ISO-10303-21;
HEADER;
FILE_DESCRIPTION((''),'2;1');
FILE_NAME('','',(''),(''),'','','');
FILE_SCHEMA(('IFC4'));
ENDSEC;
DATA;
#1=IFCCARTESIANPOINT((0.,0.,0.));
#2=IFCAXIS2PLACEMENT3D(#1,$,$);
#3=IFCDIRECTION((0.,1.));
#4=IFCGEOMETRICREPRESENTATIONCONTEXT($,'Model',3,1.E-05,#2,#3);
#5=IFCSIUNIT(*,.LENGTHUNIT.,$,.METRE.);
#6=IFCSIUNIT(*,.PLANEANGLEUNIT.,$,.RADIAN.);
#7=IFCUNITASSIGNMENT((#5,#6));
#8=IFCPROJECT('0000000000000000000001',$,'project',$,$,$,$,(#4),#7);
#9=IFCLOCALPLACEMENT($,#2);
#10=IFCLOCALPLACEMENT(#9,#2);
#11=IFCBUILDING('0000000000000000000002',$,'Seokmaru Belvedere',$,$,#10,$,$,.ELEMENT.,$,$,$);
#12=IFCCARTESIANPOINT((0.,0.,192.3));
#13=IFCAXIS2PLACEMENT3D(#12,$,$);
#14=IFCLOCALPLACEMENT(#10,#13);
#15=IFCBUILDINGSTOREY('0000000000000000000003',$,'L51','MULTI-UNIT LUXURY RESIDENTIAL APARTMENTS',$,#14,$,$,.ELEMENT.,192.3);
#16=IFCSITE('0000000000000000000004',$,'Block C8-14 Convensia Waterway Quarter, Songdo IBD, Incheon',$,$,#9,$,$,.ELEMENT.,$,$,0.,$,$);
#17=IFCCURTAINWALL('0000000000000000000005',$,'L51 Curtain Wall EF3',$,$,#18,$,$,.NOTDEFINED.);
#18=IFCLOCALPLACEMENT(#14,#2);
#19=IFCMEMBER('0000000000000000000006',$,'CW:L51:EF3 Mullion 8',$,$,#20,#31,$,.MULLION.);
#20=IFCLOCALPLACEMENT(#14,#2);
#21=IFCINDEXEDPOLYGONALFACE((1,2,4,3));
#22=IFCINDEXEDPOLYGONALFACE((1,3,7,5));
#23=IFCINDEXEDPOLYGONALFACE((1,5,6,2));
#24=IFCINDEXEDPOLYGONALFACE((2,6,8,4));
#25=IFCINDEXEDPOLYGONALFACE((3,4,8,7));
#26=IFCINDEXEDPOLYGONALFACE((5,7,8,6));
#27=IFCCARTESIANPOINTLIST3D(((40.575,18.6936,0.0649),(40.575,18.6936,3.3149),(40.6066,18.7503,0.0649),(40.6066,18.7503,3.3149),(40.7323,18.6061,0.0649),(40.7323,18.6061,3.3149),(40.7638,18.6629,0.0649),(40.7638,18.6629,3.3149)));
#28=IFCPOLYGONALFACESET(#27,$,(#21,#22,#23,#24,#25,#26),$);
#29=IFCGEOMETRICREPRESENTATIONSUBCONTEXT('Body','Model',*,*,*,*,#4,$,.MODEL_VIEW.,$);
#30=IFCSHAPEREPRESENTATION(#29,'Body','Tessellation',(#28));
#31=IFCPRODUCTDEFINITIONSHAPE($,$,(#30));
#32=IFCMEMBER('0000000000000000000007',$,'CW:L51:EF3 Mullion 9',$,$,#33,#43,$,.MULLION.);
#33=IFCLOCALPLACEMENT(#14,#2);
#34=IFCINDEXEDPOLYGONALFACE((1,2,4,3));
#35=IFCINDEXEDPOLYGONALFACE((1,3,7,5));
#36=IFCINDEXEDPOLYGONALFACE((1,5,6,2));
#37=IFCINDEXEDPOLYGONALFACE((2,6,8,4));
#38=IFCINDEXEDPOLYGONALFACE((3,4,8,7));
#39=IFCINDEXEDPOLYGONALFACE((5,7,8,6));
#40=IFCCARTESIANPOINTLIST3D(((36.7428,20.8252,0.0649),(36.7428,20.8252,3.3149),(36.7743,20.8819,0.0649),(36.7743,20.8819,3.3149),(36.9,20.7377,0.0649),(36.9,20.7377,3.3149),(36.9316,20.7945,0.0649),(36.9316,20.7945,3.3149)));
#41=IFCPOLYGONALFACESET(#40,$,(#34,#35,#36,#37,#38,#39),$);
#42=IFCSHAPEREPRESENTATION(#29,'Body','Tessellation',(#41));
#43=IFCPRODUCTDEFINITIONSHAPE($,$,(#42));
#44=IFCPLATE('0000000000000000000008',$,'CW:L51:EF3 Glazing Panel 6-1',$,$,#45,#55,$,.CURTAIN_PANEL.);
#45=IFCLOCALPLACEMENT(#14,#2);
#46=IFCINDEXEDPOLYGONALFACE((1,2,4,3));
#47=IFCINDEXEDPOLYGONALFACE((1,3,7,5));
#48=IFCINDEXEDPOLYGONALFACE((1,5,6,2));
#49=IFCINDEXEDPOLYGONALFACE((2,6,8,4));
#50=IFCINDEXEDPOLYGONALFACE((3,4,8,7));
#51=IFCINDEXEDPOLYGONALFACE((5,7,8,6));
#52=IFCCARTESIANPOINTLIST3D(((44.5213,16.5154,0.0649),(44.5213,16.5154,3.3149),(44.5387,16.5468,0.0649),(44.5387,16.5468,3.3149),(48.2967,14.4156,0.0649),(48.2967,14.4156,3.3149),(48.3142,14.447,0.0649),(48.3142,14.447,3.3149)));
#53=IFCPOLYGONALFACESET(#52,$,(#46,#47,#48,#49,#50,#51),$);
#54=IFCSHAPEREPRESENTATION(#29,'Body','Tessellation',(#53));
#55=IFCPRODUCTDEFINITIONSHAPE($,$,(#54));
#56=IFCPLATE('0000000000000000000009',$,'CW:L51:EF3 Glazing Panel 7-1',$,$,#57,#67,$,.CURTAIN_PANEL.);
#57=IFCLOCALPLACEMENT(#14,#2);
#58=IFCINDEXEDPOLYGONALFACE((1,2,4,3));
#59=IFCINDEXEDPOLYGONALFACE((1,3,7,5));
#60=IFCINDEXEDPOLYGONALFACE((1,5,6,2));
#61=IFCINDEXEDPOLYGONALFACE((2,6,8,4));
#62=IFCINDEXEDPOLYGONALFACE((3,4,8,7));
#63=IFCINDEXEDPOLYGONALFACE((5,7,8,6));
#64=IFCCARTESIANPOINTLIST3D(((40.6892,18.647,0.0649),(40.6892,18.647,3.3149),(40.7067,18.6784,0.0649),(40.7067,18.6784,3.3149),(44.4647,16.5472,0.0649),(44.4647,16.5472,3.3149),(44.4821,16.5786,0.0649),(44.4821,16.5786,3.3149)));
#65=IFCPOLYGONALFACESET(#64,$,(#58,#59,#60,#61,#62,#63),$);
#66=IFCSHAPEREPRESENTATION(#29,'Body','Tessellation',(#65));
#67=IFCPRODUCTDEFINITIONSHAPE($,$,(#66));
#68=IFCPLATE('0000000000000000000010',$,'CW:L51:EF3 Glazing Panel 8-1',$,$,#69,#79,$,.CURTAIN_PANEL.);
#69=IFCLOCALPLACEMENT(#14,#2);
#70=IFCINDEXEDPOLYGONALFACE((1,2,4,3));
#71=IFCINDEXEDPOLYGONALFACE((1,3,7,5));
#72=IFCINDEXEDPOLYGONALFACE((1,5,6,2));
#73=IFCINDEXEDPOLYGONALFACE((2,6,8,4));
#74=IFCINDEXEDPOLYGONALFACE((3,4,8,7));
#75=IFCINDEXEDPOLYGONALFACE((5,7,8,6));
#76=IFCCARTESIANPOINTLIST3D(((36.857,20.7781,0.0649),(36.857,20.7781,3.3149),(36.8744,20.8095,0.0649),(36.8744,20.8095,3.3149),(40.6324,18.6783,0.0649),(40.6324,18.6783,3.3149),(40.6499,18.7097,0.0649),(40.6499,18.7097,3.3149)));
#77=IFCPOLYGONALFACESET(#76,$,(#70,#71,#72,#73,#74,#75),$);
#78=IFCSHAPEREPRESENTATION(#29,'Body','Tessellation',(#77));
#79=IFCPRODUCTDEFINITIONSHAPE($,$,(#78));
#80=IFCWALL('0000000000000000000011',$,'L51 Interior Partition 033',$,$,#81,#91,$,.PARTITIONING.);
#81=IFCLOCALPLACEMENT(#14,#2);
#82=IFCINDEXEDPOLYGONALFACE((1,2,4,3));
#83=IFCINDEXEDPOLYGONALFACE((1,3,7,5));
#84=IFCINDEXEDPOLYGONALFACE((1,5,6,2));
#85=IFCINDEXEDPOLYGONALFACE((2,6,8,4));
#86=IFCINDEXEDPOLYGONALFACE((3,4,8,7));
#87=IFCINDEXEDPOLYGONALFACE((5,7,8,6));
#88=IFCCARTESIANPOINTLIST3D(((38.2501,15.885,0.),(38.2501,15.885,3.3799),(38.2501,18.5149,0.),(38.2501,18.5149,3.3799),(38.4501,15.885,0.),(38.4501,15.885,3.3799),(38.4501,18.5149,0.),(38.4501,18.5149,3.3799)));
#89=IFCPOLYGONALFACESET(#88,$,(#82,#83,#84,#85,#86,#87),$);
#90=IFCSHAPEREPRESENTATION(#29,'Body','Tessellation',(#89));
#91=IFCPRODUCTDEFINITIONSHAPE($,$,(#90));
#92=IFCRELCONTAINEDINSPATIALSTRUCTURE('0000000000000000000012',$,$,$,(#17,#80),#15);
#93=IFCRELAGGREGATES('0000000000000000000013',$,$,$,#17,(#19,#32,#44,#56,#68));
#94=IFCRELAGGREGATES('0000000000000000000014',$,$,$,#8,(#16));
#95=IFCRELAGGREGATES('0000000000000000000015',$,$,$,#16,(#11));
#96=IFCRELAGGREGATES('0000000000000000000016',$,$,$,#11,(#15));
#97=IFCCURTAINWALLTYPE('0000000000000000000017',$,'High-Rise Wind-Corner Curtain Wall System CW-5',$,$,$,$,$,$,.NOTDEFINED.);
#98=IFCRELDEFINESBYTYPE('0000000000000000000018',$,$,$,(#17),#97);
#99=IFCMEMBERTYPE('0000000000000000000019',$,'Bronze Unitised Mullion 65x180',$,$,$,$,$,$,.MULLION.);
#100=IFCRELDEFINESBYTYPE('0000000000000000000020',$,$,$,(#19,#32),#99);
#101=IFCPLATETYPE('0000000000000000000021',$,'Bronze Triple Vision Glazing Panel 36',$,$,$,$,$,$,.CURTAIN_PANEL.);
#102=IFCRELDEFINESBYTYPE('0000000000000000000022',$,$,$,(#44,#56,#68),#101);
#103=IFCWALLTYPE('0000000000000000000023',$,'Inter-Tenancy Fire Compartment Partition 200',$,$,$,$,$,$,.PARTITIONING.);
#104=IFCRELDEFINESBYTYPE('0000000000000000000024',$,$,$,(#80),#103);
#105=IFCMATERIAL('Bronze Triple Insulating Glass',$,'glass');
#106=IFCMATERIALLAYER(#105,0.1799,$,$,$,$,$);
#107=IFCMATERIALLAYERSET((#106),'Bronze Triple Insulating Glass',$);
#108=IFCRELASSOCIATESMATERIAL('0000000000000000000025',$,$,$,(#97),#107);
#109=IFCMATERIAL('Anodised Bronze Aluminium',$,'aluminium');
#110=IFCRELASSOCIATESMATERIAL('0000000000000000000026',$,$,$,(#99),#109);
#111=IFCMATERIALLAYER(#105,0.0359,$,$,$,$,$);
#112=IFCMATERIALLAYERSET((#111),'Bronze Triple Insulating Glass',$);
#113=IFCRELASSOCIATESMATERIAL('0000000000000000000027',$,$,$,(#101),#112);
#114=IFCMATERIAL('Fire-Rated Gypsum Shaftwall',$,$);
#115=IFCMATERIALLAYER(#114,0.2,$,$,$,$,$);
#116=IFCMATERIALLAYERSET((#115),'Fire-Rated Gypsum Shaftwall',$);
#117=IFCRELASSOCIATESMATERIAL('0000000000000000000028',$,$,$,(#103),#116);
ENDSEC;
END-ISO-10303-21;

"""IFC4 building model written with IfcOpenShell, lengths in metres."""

from ifc_helpers import new_model, si_unit, direction, frame, frame_2d, origin, origin_2d, place, context, subcontext, project, spatial, rectangle, extrude, source, transform, mapped, material, layer, layer_set, material_profile, profile_set, type_object, type_shapes, element, aggregate, save


model = new_model("IFC4")

# Units and contexts
model_context = context("Model", 3, precision=1e-05, world=origin(), true_north=direction((0.0, 1.0)))
body_context = subcontext(model_context, "Body", "Model", "MODEL_VIEW")
ifc_project = project(units=[si_unit("LENGTHUNIT", "METRE"), si_unit("PLANEANGLEUNIT", "RADIAN")], contexts=[model_context])

# Site, building, storey
site_placement = place(None, origin())
site = spatial("IfcSite", under=ifc_project, at=site_placement, Name="Block C8-14 Convensia Waterway Quarter, Songdo IBD, Incheon", CompositionType="ELEMENT", RefElevation=0.0)
building_placement = place(site_placement, origin())
building = spatial("IfcBuilding", under=site, at=building_placement, Name="Seokmaru Belvedere", CompositionType="ELEMENT")
storey_placement = place(building_placement, frame((0.0, 0.0, 192.3)))
storey = spatial("IfcBuildingStorey", under=building, at=storey_placement, Name="L51", Description="MULTI-UNIT LUXURY RESIDENTIAL APARTMENTS", CompositionType="ELEMENT", Elevation=192.3)

# Curtain wall, members, plates
ifc_material_1 = material(Name="Bronze Triple Insulating Glass", Category="glass")
ifc_layer_1 = layer(ifc_material_1, 0.1799)
ifc_layer_set_1 = layer_set([ifc_layer_1], Name="Bronze Triple Insulating Glass")
curtain_wall_type = type_object("IfcCurtainWallType", Name="High-Rise Wind-Corner Curtain Wall System CW-5", PredefinedType="NOTDEFINED", material=ifc_layer_set_1)
curtain_wall_placement = place(storey_placement, origin())
curtain_wall = element("IfcCurtainWall", 1, at=curtain_wall_placement, inside=storey, type_object=curtain_wall_type, Name="L51 Curtain Wall EF3", PredefinedType="NOTDEFINED")
ifc_material_2 = material(Name="Anodised Bronze Aluminium", Category="aluminium")
ifc_material_profile_1 = material_profile(ifc_material_2, rectangle(XDim=0.0649, YDim=0.1799, at=origin_2d()), Name="CW-M-65x180")
ifc_profile_set_1 = profile_set([ifc_material_profile_1], Name="Anodised Bronze Aluminium")
member_type = type_object("IfcMemberType", Name="Bronze Unitised Mullion 65x180", PredefinedType="MULLION", material=ifc_profile_set_1)
shared_shape_1 = source(origin(), body_context, "Body", "SweptSolid", [
    extrude(rectangle(XDim=0.0649, YDim=0.1799, at=origin_2d()), origin(), (0.0, 0.0, 1.0), 3.25),
])
type_shapes(member_type, [shared_shape_1])
member_1_placement = place(storey_placement, frame((40.6694, 18.6782, 0.0649), z_axis=(0.0, 0.0, 1.0), x_axis=(-0.486047, -0.873933, 0.0)))
member_1 = element("IfcMember", 2, at=member_1_placement, type_object=member_type, Name="CW:L51:EF3 Mullion 8", PredefinedType="MULLION", context=body_context, shape_type="MappedRepresentation", body=[
    mapped(shared_shape_1, transform((0.0, 0.0, 0.0), scale=1.0)),
])
member_2_placement = place(storey_placement, frame((36.8372, 20.8098, 0.0649), z_axis=(0.0, 0.0, 1.0), x_axis=(-0.486047, -0.873933, 0.0)))
member_2 = element("IfcMember", 3, at=member_2_placement, type_object=member_type, Name="CW:L51:EF3 Mullion 9", PredefinedType="MULLION", context=body_context, shape_type="MappedRepresentation", body=[
    mapped(shared_shape_1, transform((0.0, 0.0, 0.0), scale=1.0)),
])
ifc_layer_2 = layer(ifc_material_1, 0.0359)
ifc_layer_set_2 = layer_set([ifc_layer_2], Name="Bronze Triple Insulating Glass")
plate_type = type_object("IfcPlateType", Name="Bronze Triple Vision Glazing Panel 36", PredefinedType="CURTAIN_PANEL", material=ifc_layer_set_2)
shared_shape_2 = source(origin(), body_context, "Body", "SweptSolid", [
    extrude(rectangle(XDim=4.3201, YDim=0.0359, at=origin_2d()), origin(), (0.0, 0.0, 1.0), 3.25),
])
type_shapes(plate_type, [shared_shape_2])
plate_1_placement = place(storey_placement, frame((46.4177, 15.4812, 0.0649), z_axis=(0.0, 0.0, 1.0), x_axis=(-0.873933, 0.486047, 0.0)))
plate_1 = element("IfcPlate", 4, at=plate_1_placement, type_object=plate_type, Name="CW:L51:EF3 Glazing Panel 6-1", PredefinedType="CURTAIN_PANEL", context=body_context, shape_type="MappedRepresentation", body=[
    mapped(shared_shape_2, transform((0.0, 0.0, 0.0), scale=1.0)),
])
plate_2_placement = place(storey_placement, frame((42.5857, 17.6128, 0.0649), z_axis=(0.0, 0.0, 1.0), x_axis=(-0.873933, 0.486047, 0.0)))
plate_2 = element("IfcPlate", 5, at=plate_2_placement, type_object=plate_type, Name="CW:L51:EF3 Glazing Panel 7-1", PredefinedType="CURTAIN_PANEL", context=body_context, shape_type="MappedRepresentation", body=[
    mapped(shared_shape_2, transform((0.0, 0.0, 0.0), scale=1.0)),
])
plate_3_placement = place(storey_placement, frame((38.7534, 19.7439, 0.0649), z_axis=(0.0, 0.0, 1.0), x_axis=(-0.873933, 0.486047, 0.0)))
plate_3 = element("IfcPlate", 6, at=plate_3_placement, type_object=plate_type, Name="CW:L51:EF3 Glazing Panel 8-1", PredefinedType="CURTAIN_PANEL", context=body_context, shape_type="MappedRepresentation", body=[
    mapped(shared_shape_2, transform((0.0, 0.0, 0.0), scale=1.0)),
])
aggregate(curtain_wall, [member_1, member_2, plate_1, plate_2, plate_3])

# Wall
ifc_material_3 = material(Name="Fire-Rated Gypsum Shaftwall")
ifc_layer_3 = layer(ifc_material_3, 0.2)
ifc_layer_set_3 = layer_set([ifc_layer_3], Name="Fire-Rated Gypsum Shaftwall")
wall_type = type_object("IfcWallType", Name="Inter-Tenancy Fire Compartment Partition 200", PredefinedType="PARTITIONING", material=ifc_layer_set_3)
wall_placement = place(storey_placement, frame((38.3501, 15.885, 0.0), z_axis=(0.0, 0.0, 1.0), x_axis=(0.0, 1.0, 0.0)))
element("IfcWall", 7, at=wall_placement, inside=storey, type_object=wall_type, Name="L51 Interior Partition 033", PredefinedType="PARTITIONING", context=body_context, shape_type="SweptSolid", body=[
    extrude(rectangle(XDim=2.6299, YDim=0.2, at=frame_2d((1.3149, 0.0))), origin(), (0.0, 0.0, 1.0), 3.3799),
])

save(model, "model.ifc")
